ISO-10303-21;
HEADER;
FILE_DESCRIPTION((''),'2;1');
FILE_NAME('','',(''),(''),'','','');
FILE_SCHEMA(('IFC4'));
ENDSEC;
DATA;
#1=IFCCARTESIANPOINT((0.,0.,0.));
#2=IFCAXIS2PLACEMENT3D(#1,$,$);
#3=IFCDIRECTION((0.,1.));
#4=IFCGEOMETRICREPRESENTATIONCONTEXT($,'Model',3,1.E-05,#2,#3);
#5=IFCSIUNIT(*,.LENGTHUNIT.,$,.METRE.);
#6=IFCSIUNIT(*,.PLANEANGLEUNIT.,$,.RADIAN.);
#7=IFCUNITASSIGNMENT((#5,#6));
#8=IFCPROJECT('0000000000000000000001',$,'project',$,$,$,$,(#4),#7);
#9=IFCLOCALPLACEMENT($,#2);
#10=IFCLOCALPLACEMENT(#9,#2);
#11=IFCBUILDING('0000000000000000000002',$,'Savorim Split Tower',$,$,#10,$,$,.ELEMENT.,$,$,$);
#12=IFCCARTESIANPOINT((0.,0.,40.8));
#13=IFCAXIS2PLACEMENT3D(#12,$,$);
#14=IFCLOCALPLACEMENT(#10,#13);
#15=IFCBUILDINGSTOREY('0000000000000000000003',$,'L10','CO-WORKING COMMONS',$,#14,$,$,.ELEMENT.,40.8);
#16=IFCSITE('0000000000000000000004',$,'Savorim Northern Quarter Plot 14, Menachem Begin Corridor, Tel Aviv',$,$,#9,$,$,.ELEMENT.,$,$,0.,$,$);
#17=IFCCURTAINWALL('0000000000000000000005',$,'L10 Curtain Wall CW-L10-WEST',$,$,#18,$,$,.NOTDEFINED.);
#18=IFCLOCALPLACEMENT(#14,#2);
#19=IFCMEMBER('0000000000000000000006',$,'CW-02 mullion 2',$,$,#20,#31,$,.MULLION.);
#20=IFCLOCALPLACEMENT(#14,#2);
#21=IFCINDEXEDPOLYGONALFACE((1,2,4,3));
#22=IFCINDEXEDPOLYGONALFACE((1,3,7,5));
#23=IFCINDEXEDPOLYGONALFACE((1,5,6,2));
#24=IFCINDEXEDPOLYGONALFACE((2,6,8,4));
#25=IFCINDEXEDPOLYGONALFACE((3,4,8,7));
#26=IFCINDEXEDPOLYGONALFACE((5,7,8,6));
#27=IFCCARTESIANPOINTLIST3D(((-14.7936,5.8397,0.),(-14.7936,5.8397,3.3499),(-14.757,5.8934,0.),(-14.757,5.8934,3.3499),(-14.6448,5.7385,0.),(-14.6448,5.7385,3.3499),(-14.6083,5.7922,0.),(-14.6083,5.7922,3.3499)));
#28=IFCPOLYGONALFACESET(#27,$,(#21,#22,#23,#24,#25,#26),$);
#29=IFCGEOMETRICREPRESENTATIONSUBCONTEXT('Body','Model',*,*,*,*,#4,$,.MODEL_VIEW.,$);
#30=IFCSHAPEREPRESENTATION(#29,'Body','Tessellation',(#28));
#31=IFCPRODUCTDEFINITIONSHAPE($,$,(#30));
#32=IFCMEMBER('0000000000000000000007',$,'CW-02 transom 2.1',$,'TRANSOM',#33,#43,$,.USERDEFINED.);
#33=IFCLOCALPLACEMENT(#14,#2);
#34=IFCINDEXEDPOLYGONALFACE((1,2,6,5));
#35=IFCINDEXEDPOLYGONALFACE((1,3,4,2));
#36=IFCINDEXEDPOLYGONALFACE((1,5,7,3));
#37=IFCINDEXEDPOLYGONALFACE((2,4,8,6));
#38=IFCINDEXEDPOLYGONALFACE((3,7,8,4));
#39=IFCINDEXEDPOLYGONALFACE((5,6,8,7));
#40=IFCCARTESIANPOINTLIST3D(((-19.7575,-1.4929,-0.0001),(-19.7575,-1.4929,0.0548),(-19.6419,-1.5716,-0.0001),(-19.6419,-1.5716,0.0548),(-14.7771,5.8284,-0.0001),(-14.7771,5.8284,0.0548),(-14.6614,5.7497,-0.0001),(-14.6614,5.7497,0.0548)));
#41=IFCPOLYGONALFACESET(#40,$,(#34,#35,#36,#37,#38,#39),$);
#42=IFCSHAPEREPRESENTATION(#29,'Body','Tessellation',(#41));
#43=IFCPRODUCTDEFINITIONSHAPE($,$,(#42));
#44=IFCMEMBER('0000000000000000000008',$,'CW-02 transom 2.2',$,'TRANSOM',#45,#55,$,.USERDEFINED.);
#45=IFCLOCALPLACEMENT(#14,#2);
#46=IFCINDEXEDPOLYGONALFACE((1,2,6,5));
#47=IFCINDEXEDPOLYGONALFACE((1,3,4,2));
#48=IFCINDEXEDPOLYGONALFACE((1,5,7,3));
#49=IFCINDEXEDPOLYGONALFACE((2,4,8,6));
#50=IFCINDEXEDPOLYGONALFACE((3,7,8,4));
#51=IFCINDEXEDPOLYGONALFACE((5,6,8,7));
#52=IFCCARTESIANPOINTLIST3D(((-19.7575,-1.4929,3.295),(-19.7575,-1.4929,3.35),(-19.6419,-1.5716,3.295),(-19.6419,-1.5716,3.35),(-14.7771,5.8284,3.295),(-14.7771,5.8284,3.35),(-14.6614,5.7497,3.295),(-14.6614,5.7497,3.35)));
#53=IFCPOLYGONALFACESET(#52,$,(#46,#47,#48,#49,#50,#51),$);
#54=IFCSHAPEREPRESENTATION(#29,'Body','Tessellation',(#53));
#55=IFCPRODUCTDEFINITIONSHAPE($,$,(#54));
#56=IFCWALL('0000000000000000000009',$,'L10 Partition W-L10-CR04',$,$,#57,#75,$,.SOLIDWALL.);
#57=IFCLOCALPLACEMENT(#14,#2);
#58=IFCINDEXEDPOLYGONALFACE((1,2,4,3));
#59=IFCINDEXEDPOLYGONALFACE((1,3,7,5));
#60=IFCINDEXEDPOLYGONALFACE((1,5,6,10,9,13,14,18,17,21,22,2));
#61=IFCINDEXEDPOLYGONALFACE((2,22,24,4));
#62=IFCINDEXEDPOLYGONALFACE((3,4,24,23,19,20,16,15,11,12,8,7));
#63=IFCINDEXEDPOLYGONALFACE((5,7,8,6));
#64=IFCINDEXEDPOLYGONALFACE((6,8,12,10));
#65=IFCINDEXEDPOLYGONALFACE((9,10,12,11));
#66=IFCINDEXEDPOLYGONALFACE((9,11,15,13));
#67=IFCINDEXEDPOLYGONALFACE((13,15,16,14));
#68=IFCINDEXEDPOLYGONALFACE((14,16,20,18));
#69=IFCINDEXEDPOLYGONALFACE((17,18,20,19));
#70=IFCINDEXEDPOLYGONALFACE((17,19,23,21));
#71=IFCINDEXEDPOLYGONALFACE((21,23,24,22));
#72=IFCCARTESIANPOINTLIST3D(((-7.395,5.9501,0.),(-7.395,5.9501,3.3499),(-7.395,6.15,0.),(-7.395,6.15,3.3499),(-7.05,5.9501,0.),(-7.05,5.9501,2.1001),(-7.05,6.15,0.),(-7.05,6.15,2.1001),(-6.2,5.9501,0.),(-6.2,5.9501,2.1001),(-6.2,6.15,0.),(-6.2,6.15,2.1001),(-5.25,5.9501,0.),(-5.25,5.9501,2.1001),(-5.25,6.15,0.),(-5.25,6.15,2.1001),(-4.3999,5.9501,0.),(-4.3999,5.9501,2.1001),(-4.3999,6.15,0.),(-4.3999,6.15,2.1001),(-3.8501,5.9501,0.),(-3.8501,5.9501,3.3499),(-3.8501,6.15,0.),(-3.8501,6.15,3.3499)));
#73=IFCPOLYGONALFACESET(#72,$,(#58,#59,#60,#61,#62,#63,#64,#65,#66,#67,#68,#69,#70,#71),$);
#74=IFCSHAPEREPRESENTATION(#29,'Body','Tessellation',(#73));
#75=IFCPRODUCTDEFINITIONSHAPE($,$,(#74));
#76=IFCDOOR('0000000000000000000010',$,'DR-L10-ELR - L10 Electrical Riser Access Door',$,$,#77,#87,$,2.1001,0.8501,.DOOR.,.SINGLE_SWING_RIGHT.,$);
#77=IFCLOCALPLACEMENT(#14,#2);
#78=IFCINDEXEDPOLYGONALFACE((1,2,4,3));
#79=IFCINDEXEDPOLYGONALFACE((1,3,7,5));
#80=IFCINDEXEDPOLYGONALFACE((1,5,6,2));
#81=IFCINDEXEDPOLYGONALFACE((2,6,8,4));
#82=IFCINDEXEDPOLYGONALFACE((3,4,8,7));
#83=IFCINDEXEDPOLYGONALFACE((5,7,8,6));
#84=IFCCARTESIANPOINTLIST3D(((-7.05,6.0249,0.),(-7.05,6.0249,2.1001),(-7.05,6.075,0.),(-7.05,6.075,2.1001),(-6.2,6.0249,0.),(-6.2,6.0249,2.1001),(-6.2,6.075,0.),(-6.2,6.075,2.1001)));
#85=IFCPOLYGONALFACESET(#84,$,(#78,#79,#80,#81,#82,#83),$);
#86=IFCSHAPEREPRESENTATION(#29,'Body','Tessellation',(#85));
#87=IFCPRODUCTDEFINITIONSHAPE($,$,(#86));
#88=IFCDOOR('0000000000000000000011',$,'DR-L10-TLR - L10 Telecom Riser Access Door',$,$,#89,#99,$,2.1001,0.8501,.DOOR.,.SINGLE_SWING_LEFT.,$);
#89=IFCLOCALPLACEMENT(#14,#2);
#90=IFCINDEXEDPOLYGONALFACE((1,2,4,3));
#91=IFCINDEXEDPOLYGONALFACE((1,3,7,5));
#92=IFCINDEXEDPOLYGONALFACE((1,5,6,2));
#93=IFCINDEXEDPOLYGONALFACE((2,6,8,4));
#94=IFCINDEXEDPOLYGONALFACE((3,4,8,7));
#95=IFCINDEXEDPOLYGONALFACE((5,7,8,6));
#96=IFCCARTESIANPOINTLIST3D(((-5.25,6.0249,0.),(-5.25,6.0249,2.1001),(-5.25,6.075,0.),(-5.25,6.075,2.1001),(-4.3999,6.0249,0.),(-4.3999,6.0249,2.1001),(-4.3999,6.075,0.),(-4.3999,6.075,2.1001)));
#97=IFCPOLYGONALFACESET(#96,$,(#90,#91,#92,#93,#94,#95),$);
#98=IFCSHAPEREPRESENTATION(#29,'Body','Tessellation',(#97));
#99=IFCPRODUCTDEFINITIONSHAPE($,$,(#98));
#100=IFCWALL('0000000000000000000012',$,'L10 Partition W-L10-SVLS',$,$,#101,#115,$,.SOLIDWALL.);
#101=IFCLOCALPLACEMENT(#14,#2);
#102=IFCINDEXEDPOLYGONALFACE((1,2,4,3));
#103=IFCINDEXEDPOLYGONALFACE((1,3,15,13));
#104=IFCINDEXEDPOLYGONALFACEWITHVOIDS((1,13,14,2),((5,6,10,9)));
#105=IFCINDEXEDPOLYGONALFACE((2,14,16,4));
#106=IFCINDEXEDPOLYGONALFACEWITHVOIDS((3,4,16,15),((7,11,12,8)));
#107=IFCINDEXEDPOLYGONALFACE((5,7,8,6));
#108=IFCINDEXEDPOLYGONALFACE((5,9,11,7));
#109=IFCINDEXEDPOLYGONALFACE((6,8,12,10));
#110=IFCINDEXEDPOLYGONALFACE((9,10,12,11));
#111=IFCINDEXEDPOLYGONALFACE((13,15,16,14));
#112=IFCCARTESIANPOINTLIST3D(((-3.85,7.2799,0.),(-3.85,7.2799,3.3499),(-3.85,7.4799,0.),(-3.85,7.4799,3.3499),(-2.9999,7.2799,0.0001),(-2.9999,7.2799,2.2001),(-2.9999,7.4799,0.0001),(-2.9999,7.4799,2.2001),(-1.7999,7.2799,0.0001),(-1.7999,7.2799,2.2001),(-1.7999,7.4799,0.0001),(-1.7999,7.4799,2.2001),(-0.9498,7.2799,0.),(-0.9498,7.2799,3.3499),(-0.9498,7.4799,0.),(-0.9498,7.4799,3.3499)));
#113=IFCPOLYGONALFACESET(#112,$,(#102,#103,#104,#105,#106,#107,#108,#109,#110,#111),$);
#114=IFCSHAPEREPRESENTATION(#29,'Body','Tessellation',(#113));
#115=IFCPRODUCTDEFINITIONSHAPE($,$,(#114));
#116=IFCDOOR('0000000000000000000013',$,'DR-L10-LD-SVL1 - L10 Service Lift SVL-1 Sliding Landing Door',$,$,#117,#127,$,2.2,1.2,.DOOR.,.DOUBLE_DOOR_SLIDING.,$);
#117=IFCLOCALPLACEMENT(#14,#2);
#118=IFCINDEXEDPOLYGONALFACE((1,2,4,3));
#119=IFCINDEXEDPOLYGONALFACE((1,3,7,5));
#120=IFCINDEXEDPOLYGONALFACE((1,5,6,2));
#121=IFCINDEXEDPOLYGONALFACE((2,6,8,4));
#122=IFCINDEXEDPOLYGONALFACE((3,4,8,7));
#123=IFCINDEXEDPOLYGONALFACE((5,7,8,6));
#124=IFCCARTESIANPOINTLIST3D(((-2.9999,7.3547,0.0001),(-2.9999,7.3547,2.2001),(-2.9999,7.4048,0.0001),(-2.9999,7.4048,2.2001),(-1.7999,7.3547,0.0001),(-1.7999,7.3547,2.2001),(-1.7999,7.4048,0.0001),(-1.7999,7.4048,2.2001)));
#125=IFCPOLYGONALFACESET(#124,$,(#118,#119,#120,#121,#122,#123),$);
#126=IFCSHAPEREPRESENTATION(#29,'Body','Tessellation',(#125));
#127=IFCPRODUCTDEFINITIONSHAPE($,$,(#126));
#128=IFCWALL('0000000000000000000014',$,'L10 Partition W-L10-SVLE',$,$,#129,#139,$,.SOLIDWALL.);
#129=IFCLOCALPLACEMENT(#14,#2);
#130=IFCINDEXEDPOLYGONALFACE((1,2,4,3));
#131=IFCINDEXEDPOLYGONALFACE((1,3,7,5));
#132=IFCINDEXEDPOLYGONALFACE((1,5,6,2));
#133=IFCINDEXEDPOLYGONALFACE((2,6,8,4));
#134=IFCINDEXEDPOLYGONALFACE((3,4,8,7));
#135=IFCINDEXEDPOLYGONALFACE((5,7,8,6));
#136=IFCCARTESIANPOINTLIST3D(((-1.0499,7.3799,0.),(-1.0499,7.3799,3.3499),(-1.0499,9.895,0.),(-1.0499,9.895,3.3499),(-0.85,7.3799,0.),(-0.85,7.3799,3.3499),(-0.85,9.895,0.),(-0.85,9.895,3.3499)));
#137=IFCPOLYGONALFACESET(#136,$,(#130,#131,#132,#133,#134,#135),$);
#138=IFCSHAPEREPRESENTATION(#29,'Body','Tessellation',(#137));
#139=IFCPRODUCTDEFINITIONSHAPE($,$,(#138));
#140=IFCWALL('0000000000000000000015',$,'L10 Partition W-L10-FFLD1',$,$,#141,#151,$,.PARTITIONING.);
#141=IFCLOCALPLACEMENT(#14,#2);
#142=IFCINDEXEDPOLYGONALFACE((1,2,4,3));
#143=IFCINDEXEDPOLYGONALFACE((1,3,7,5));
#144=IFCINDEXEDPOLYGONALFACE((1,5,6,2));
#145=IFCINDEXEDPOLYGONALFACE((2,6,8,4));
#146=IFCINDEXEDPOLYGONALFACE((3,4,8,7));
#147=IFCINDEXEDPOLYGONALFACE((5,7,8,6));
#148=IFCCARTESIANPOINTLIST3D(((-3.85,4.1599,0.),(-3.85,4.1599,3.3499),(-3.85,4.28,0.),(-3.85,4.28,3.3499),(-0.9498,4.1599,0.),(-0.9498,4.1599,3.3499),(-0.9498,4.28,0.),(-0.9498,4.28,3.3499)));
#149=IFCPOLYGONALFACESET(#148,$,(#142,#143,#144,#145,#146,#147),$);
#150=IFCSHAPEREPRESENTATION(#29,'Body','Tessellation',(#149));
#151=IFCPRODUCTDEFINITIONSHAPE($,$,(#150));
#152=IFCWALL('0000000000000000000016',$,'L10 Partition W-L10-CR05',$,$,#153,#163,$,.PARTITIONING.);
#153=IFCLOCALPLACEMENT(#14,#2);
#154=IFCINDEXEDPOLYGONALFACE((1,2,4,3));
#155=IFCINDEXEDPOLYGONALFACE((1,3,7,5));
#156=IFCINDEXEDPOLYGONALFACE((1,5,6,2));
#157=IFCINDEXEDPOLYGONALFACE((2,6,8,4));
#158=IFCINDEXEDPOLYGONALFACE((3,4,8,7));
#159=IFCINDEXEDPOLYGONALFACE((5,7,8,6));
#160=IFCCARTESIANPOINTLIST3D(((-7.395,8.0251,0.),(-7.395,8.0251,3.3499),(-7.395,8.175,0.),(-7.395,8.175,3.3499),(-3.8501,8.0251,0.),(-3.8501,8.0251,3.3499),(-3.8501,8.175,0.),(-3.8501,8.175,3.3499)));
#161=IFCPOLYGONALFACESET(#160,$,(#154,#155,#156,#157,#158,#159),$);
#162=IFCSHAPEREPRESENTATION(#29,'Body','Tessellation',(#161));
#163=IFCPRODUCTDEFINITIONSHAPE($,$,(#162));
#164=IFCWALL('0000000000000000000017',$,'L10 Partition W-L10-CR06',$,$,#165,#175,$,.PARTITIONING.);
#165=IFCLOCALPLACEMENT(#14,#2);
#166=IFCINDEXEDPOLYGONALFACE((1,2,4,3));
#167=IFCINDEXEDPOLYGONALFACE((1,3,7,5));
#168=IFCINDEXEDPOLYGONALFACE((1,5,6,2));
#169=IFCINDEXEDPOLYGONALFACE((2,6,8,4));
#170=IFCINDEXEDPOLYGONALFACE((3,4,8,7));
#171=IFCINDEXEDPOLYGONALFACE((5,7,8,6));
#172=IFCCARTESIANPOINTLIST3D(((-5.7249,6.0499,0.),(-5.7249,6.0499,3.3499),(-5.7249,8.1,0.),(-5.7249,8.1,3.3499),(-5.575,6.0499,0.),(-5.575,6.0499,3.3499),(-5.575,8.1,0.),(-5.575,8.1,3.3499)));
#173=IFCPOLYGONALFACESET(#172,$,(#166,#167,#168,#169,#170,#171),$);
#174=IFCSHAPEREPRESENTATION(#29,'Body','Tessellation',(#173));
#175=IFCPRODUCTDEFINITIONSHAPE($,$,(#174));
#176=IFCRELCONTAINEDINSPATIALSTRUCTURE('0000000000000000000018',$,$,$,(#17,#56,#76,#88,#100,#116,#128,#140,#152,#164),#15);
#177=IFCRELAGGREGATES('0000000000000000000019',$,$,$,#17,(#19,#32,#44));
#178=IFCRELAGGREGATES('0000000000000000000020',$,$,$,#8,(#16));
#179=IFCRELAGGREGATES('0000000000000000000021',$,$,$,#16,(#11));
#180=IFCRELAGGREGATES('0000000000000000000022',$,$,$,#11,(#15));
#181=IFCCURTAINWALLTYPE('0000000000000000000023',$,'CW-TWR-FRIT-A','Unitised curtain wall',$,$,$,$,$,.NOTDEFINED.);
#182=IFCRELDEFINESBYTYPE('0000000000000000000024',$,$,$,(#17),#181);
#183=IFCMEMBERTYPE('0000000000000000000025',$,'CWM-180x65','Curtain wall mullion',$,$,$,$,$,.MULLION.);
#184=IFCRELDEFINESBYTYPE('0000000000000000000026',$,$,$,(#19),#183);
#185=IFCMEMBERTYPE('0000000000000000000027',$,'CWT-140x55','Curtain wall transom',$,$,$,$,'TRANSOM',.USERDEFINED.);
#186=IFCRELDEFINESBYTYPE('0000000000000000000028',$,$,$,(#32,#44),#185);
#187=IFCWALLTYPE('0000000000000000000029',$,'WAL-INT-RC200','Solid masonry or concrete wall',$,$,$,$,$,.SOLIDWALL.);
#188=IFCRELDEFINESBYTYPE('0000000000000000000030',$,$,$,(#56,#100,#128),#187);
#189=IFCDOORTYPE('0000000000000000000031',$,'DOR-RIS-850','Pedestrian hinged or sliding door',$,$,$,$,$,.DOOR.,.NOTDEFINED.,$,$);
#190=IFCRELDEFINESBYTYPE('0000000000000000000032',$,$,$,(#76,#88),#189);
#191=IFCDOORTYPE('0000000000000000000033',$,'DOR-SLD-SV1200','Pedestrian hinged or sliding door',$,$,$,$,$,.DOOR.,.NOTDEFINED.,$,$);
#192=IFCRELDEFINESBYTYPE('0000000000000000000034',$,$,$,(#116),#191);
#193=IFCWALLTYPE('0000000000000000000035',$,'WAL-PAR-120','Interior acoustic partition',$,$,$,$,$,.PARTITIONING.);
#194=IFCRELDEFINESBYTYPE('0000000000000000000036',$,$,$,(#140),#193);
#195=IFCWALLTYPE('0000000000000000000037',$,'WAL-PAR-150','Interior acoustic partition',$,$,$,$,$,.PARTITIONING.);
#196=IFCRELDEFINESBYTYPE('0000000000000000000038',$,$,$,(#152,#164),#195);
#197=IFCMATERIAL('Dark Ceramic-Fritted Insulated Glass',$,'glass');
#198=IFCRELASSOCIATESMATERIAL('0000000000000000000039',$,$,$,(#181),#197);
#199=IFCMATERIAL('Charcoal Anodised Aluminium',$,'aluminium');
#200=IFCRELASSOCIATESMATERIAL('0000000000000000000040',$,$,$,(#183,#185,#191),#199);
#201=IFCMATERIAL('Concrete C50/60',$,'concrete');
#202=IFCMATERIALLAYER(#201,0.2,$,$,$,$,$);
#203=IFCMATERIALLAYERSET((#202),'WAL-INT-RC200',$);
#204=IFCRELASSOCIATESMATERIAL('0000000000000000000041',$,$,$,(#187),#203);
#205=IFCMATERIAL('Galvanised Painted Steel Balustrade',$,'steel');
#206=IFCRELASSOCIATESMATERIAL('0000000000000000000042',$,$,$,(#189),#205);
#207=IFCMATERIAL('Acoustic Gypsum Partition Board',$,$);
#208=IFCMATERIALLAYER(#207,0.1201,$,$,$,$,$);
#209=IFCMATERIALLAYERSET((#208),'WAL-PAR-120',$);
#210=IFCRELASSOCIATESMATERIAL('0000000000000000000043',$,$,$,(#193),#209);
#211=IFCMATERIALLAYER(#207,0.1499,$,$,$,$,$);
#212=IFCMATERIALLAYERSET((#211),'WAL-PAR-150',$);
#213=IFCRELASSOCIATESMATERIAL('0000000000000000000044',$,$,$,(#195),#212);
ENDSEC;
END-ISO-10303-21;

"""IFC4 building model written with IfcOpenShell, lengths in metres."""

from ifc_helpers import new_model, si_unit, direction, frame, frame_2d, origin, origin_2d, place, context, subcontext, project, spatial, rectangle, extrude, material, layer, layer_set, material_profile, profile_set, type_object, element, fill, aggregate, save


model = new_model("IFC4")

# Units and contexts
model_context = context("Model", 3, precision=1e-05, world=origin(), true_north=direction((0.0, 1.0)))
body_context = subcontext(model_context, "Body", "Model", "MODEL_VIEW")
ifc_project = project(units=[si_unit("LENGTHUNIT", "METRE"), si_unit("PLANEANGLEUNIT", "RADIAN")], contexts=[model_context])

# Site, building, storey
site_placement = place(None, origin())
site = spatial("IfcSite", under=ifc_project, at=site_placement, Name="Savorim Northern Quarter Plot 14, Menachem Begin Corridor, Tel Aviv", CompositionType="ELEMENT", RefElevation=0.0)
building_placement = place(site_placement, origin())
building = spatial("IfcBuilding", under=site, at=building_placement, Name="Savorim Split Tower", CompositionType="ELEMENT")
storey_placement = place(building_placement, frame((0.0, 0.0, 40.8)))
storey = spatial("IfcBuildingStorey", under=building, at=storey_placement, Name="L10", Description="CO-WORKING COMMONS", CompositionType="ELEMENT", Elevation=40.8)

# Curtain wall, members
ifc_material_1 = material(Name="Dark Ceramic-Fritted Insulated Glass", Category="glass")
curtain_wall_type = type_object("IfcCurtainWallType", Name="CW-TWR-FRIT-A", Description="Unitised curtain wall", PredefinedType="NOTDEFINED", material=ifc_material_1)
curtain_wall_placement = place(storey_placement, origin())
curtain_wall = element("IfcCurtainWall", 1, at=curtain_wall_placement, inside=storey, type_object=curtain_wall_type, Name="L10 Curtain Wall CW-L10-WEST", PredefinedType="NOTDEFINED")
ifc_material_2 = material(Name="Charcoal Anodised Aluminium", Category="aluminium")
ifc_material_profile_1 = material_profile(ifc_material_2, rectangle(XDim=0.1799, YDim=0.0649, at=origin_2d()), Name="ALU-M 180x65")
ifc_profile_set_1 = profile_set([ifc_material_profile_1], Name="Charcoal Anodised Aluminium")
member_type_1 = type_object("IfcMemberType", Name="CWM-180x65", Description="Curtain wall mullion", PredefinedType="MULLION", material=ifc_profile_set_1)
member_1_placement = place(storey_placement, frame((-14.7009, 5.8159, 0.0), z_axis=(0.0, 0.0, 1.0), x_axis=(0.826821, -0.562465, 0.0)))
member_1 = element("IfcMember", 2, at=member_1_placement, type_object=member_type_1, Name="CW-02 mullion 2", PredefinedType="MULLION", context=body_context, shape_type="SweptSolid", body=[
    extrude(rectangle(XDim=0.1799, YDim=0.0649, at=origin_2d()), origin(), (0.0, 0.0, 1.0), 3.3499),
])
ifc_material_profile_2 = material_profile(ifc_material_2, rectangle(XDim=0.1399, YDim=0.0549, at=origin_2d()), Name="ALU-T 140x55")
ifc_profile_set_2 = profile_set([ifc_material_profile_2], Name="Charcoal Anodised Aluminium")
member_type_2 = type_object("IfcMemberType", Name="CWT-140x55", Description="Curtain wall transom", ElementType="TRANSOM", PredefinedType="USERDEFINED", material=ifc_profile_set_2)
member_2_placement = place(storey_placement, frame((-14.7192, 5.7891, 0.0273), z_axis=(-0.562464, -0.826822, 0.0), x_axis=(0.826822, -0.562464, 0.0)))
member_2 = element("IfcMember", 3, at=member_2_placement, type_object=member_type_2, Name="CW-02 transom 2.1", ObjectType="TRANSOM", PredefinedType="USERDEFINED", context=body_context, shape_type="SweptSolid", body=[
    extrude(rectangle(XDim=0.1399, YDim=0.0549, at=origin_2d()), origin(), (0.0, 0.0, 1.0), 8.8547),
])
member_3_placement = place(storey_placement, frame((-14.7192, 5.7891, 3.3225), z_axis=(-0.562464, -0.826822, 0.0), x_axis=(0.826822, -0.562464, 0.0)))
member_3 = element("IfcMember", 4, at=member_3_placement, type_object=member_type_2, Name="CW-02 transom 2.2", ObjectType="TRANSOM", PredefinedType="USERDEFINED", context=body_context, shape_type="SweptSolid", body=[
    extrude(rectangle(XDim=0.1399, YDim=0.0549, at=origin_2d()), origin(), (0.0, 0.0, 1.0), 8.8547),
])
aggregate(curtain_wall, [member_1, member_2, member_3])

# Wall, openings, doors
ifc_material_3 = material(Name="Concrete C50/60", Category="concrete")
ifc_layer_1 = layer(ifc_material_3, 0.2)
ifc_layer_set_1 = layer_set([ifc_layer_1], Name="WAL-INT-RC200")
wall_type_1 = type_object("IfcWallType", Name="WAL-INT-RC200", Description="Solid masonry or concrete wall", PredefinedType="SOLIDWALL", material=ifc_layer_set_1)
wall_1_placement = place(storey_placement, frame((-7.395, 6.05, 0.0), z_axis=(0.0, 0.0, 1.0), x_axis=(1.0, 0.0, 0.0)))
wall_1 = element("IfcWall", 5, at=wall_1_placement, inside=storey, type_object=wall_type_1, Name="L10 Partition W-L10-CR04", PredefinedType="SOLIDWALL", context=body_context, shape_type="SweptSolid", body=[
    extrude(rectangle(XDim=3.5449, YDim=0.2, at=frame_2d((1.7725, 0.0))), origin(), (0.0, 0.0, 1.0), 3.3499),
])
opening_1_placement = place(wall_1_placement, frame((0.345, 0.0, 0.0)))
opening_1 = element("IfcOpeningElement", 6, at=opening_1_placement, cuts=wall_1, PredefinedType="OPENING", context=body_context, shape_type="SweptSolid", body=[
    extrude(rectangle(XDim=0.8501, YDim=2.1001, at=frame_2d((0.425, 1.05))), frame((0.0, 0.1099, 0.0), z_axis=(0.0, -1.0, 0.0), x_axis=(1.0, 0.0, 0.0)), (0.0, 0.0, 1.0), 0.22),
])
opening_2_placement = place(wall_1_placement, frame((2.145, 0.0, 0.0)))
opening_2 = element("IfcOpeningElement", 7, at=opening_2_placement, cuts=wall_1, PredefinedType="OPENING", context=body_context, shape_type="SweptSolid", body=[
    extrude(rectangle(XDim=0.8501, YDim=2.1001, at=frame_2d((0.425, 1.05))), frame((0.0, 0.1099, 0.0), z_axis=(0.0, -1.0, 0.0), x_axis=(1.0, 0.0, 0.0)), (0.0, 0.0, 1.0), 0.22),
])
ifc_material_4 = material(Name="Galvanised Painted Steel Balustrade", Category="steel")
door_type_1 = type_object("IfcDoorType", Name="DOR-RIS-850", Description="Pedestrian hinged or sliding door", OperationType="NOTDEFINED", PredefinedType="DOOR", material=ifc_material_4)
door_1_placement = place(opening_1_placement, origin())
door_1 = element("IfcDoor", 8, at=door_1_placement, inside=storey, type_object=door_type_1, Name="DR-L10-ELR - L10 Electrical Riser Access Door", OperationType="SINGLE_SWING_RIGHT", OverallHeight=2.1001, OverallWidth=0.8501, PredefinedType="DOOR", context=body_context, shape_type="SweptSolid", body=[
    extrude(rectangle(XDim=0.8501, YDim=2.1001, at=frame_2d((0.425, 1.05))), frame((0.0, 0.0249, 0.0), z_axis=(0.0, -1.0, 0.0), x_axis=(1.0, 0.0, 0.0)), (0.0, 0.0, 1.0), 0.05),
])
fill(opening_1, door_1)
door_2_placement = place(opening_2_placement, origin())
door_2 = element("IfcDoor", 9, at=door_2_placement, inside=storey, type_object=door_type_1, Name="DR-L10-TLR - L10 Telecom Riser Access Door", OperationType="SINGLE_SWING_LEFT", OverallHeight=2.1001, OverallWidth=0.8501, PredefinedType="DOOR", context=body_context, shape_type="SweptSolid", body=[
    extrude(rectangle(XDim=0.8501, YDim=2.1001, at=frame_2d((0.425, 1.05))), frame((0.0, 0.0249, 0.0), z_axis=(0.0, -1.0, 0.0), x_axis=(1.0, 0.0, 0.0)), (0.0, 0.0, 1.0), 0.05),
])
fill(opening_2, door_2)

# Wall, opening, door
wall_2_placement = place(storey_placement, frame((-3.8501, 7.3799, 0.0), z_axis=(0.0, 0.0, 1.0), x_axis=(1.0, 0.0, 0.0)))
wall_2 = element("IfcWall", 10, at=wall_2_placement, inside=storey, type_object=wall_type_1, Name="L10 Partition W-L10-SVLS", PredefinedType="SOLIDWALL", context=body_context, shape_type="SweptSolid", body=[
    extrude(rectangle(XDim=2.9001, YDim=0.2, at=frame_2d((1.4502, 0.0))), origin(), (0.0, 0.0, 1.0), 3.3499),
])
opening_3_placement = place(wall_2_placement, frame((0.8501, 0.0, 0.0)))
opening_3 = element("IfcOpeningElement", 11, at=opening_3_placement, cuts=wall_2, PredefinedType="OPENING", context=body_context, shape_type="SweptSolid", body=[
    extrude(rectangle(XDim=1.2, YDim=2.2, at=frame_2d((0.6001, 1.1001))), frame((0.0, 0.1099, 0.0), z_axis=(0.0, -1.0, 0.0), x_axis=(1.0, 0.0, 0.0)), (0.0, 0.0, 1.0), 0.22),
])
door_type_2 = type_object("IfcDoorType", Name="DOR-SLD-SV1200", Description="Pedestrian hinged or sliding door", OperationType="NOTDEFINED", PredefinedType="DOOR", material=ifc_material_2)
door_3_placement = place(opening_3_placement, origin())
door_3 = element("IfcDoor", 12, at=door_3_placement, inside=storey, type_object=door_type_2, Name="DR-L10-LD-SVL1 - L10 Service Lift SVL-1 Sliding Landing Door", OperationType="DOUBLE_DOOR_SLIDING", OverallHeight=2.2, OverallWidth=1.2, PredefinedType="DOOR", context=body_context, shape_type="SweptSolid", body=[
    extrude(rectangle(XDim=1.2, YDim=2.2, at=frame_2d((0.6001, 1.1001))), frame((0.0, 0.0249, 0.0), z_axis=(0.0, -1.0, 0.0), x_axis=(1.0, 0.0, 0.0)), (0.0, 0.0, 1.0), 0.05),
])
fill(opening_3, door_3)

# Walls
wall_3_placement = place(storey_placement, frame((-0.95, 7.3799, 0.0), z_axis=(0.0, 0.0, 1.0), x_axis=(0.0, 1.0, 0.0)))
element("IfcWall", 13, at=wall_3_placement, inside=storey, type_object=wall_type_1, Name="L10 Partition W-L10-SVLE", PredefinedType="SOLIDWALL", context=body_context, shape_type="SweptSolid", body=[
    extrude(rectangle(XDim=2.5151, YDim=0.2, at=frame_2d((1.2576, 0.0))), origin(), (0.0, 0.0, 1.0), 3.3499),
])
ifc_material_5 = material(Name="Acoustic Gypsum Partition Board")
ifc_layer_2 = layer(ifc_material_5, 0.1201)
ifc_layer_set_2 = layer_set([ifc_layer_2], Name="WAL-PAR-120")
wall_type_2 = type_object("IfcWallType", Name="WAL-PAR-120", Description="Interior acoustic partition", PredefinedType="PARTITIONING", material=ifc_layer_set_2)
wall_4_placement = place(storey_placement, frame((-3.8501, 4.22, 0.0), z_axis=(0.0, 0.0, 1.0), x_axis=(1.0, 0.0, 0.0)))
element("IfcWall", 14, at=wall_4_placement, inside=storey, type_object=wall_type_2, Name="L10 Partition W-L10-FFLD1", PredefinedType="PARTITIONING", context=body_context, shape_type="SweptSolid", body=[
    extrude(rectangle(XDim=2.9001, YDim=0.1201, at=frame_2d((1.4502, 0.0))), origin(), (0.0, 0.0, 1.0), 3.3499),
])
ifc_layer_3 = layer(ifc_material_5, 0.1499)
ifc_layer_set_3 = layer_set([ifc_layer_3], Name="WAL-PAR-150")
wall_type_3 = type_object("IfcWallType", Name="WAL-PAR-150", Description="Interior acoustic partition", PredefinedType="PARTITIONING", material=ifc_layer_set_3)
wall_5_placement = place(storey_placement, frame((-7.395, 8.1001, 0.0), z_axis=(0.0, 0.0, 1.0), x_axis=(1.0, 0.0, 0.0)))
element("IfcWall", 15, at=wall_5_placement, inside=storey, type_object=wall_type_3, Name="L10 Partition W-L10-CR05", PredefinedType="PARTITIONING", context=body_context, shape_type="SweptSolid", body=[
    extrude(rectangle(XDim=3.5449, YDim=0.1499, at=frame_2d((1.7725, 0.0))), origin(), (0.0, 0.0, 1.0), 3.3499),
])
wall_6_placement = place(storey_placement, frame((-5.6499, 6.05, 0.0), z_axis=(0.0, 0.0, 1.0), x_axis=(0.0, 1.0, 0.0)))
element("IfcWall", 16, at=wall_6_placement, inside=storey, type_object=wall_type_3, Name="L10 Partition W-L10-CR06", PredefinedType="PARTITIONING", context=body_context, shape_type="SweptSolid", body=[
    extrude(rectangle(XDim=2.05, YDim=0.1499, at=frame_2d((1.0249, 0.0))), origin(), (0.0, 0.0, 1.0), 3.3499),
])

save(model, "model.ifc")
